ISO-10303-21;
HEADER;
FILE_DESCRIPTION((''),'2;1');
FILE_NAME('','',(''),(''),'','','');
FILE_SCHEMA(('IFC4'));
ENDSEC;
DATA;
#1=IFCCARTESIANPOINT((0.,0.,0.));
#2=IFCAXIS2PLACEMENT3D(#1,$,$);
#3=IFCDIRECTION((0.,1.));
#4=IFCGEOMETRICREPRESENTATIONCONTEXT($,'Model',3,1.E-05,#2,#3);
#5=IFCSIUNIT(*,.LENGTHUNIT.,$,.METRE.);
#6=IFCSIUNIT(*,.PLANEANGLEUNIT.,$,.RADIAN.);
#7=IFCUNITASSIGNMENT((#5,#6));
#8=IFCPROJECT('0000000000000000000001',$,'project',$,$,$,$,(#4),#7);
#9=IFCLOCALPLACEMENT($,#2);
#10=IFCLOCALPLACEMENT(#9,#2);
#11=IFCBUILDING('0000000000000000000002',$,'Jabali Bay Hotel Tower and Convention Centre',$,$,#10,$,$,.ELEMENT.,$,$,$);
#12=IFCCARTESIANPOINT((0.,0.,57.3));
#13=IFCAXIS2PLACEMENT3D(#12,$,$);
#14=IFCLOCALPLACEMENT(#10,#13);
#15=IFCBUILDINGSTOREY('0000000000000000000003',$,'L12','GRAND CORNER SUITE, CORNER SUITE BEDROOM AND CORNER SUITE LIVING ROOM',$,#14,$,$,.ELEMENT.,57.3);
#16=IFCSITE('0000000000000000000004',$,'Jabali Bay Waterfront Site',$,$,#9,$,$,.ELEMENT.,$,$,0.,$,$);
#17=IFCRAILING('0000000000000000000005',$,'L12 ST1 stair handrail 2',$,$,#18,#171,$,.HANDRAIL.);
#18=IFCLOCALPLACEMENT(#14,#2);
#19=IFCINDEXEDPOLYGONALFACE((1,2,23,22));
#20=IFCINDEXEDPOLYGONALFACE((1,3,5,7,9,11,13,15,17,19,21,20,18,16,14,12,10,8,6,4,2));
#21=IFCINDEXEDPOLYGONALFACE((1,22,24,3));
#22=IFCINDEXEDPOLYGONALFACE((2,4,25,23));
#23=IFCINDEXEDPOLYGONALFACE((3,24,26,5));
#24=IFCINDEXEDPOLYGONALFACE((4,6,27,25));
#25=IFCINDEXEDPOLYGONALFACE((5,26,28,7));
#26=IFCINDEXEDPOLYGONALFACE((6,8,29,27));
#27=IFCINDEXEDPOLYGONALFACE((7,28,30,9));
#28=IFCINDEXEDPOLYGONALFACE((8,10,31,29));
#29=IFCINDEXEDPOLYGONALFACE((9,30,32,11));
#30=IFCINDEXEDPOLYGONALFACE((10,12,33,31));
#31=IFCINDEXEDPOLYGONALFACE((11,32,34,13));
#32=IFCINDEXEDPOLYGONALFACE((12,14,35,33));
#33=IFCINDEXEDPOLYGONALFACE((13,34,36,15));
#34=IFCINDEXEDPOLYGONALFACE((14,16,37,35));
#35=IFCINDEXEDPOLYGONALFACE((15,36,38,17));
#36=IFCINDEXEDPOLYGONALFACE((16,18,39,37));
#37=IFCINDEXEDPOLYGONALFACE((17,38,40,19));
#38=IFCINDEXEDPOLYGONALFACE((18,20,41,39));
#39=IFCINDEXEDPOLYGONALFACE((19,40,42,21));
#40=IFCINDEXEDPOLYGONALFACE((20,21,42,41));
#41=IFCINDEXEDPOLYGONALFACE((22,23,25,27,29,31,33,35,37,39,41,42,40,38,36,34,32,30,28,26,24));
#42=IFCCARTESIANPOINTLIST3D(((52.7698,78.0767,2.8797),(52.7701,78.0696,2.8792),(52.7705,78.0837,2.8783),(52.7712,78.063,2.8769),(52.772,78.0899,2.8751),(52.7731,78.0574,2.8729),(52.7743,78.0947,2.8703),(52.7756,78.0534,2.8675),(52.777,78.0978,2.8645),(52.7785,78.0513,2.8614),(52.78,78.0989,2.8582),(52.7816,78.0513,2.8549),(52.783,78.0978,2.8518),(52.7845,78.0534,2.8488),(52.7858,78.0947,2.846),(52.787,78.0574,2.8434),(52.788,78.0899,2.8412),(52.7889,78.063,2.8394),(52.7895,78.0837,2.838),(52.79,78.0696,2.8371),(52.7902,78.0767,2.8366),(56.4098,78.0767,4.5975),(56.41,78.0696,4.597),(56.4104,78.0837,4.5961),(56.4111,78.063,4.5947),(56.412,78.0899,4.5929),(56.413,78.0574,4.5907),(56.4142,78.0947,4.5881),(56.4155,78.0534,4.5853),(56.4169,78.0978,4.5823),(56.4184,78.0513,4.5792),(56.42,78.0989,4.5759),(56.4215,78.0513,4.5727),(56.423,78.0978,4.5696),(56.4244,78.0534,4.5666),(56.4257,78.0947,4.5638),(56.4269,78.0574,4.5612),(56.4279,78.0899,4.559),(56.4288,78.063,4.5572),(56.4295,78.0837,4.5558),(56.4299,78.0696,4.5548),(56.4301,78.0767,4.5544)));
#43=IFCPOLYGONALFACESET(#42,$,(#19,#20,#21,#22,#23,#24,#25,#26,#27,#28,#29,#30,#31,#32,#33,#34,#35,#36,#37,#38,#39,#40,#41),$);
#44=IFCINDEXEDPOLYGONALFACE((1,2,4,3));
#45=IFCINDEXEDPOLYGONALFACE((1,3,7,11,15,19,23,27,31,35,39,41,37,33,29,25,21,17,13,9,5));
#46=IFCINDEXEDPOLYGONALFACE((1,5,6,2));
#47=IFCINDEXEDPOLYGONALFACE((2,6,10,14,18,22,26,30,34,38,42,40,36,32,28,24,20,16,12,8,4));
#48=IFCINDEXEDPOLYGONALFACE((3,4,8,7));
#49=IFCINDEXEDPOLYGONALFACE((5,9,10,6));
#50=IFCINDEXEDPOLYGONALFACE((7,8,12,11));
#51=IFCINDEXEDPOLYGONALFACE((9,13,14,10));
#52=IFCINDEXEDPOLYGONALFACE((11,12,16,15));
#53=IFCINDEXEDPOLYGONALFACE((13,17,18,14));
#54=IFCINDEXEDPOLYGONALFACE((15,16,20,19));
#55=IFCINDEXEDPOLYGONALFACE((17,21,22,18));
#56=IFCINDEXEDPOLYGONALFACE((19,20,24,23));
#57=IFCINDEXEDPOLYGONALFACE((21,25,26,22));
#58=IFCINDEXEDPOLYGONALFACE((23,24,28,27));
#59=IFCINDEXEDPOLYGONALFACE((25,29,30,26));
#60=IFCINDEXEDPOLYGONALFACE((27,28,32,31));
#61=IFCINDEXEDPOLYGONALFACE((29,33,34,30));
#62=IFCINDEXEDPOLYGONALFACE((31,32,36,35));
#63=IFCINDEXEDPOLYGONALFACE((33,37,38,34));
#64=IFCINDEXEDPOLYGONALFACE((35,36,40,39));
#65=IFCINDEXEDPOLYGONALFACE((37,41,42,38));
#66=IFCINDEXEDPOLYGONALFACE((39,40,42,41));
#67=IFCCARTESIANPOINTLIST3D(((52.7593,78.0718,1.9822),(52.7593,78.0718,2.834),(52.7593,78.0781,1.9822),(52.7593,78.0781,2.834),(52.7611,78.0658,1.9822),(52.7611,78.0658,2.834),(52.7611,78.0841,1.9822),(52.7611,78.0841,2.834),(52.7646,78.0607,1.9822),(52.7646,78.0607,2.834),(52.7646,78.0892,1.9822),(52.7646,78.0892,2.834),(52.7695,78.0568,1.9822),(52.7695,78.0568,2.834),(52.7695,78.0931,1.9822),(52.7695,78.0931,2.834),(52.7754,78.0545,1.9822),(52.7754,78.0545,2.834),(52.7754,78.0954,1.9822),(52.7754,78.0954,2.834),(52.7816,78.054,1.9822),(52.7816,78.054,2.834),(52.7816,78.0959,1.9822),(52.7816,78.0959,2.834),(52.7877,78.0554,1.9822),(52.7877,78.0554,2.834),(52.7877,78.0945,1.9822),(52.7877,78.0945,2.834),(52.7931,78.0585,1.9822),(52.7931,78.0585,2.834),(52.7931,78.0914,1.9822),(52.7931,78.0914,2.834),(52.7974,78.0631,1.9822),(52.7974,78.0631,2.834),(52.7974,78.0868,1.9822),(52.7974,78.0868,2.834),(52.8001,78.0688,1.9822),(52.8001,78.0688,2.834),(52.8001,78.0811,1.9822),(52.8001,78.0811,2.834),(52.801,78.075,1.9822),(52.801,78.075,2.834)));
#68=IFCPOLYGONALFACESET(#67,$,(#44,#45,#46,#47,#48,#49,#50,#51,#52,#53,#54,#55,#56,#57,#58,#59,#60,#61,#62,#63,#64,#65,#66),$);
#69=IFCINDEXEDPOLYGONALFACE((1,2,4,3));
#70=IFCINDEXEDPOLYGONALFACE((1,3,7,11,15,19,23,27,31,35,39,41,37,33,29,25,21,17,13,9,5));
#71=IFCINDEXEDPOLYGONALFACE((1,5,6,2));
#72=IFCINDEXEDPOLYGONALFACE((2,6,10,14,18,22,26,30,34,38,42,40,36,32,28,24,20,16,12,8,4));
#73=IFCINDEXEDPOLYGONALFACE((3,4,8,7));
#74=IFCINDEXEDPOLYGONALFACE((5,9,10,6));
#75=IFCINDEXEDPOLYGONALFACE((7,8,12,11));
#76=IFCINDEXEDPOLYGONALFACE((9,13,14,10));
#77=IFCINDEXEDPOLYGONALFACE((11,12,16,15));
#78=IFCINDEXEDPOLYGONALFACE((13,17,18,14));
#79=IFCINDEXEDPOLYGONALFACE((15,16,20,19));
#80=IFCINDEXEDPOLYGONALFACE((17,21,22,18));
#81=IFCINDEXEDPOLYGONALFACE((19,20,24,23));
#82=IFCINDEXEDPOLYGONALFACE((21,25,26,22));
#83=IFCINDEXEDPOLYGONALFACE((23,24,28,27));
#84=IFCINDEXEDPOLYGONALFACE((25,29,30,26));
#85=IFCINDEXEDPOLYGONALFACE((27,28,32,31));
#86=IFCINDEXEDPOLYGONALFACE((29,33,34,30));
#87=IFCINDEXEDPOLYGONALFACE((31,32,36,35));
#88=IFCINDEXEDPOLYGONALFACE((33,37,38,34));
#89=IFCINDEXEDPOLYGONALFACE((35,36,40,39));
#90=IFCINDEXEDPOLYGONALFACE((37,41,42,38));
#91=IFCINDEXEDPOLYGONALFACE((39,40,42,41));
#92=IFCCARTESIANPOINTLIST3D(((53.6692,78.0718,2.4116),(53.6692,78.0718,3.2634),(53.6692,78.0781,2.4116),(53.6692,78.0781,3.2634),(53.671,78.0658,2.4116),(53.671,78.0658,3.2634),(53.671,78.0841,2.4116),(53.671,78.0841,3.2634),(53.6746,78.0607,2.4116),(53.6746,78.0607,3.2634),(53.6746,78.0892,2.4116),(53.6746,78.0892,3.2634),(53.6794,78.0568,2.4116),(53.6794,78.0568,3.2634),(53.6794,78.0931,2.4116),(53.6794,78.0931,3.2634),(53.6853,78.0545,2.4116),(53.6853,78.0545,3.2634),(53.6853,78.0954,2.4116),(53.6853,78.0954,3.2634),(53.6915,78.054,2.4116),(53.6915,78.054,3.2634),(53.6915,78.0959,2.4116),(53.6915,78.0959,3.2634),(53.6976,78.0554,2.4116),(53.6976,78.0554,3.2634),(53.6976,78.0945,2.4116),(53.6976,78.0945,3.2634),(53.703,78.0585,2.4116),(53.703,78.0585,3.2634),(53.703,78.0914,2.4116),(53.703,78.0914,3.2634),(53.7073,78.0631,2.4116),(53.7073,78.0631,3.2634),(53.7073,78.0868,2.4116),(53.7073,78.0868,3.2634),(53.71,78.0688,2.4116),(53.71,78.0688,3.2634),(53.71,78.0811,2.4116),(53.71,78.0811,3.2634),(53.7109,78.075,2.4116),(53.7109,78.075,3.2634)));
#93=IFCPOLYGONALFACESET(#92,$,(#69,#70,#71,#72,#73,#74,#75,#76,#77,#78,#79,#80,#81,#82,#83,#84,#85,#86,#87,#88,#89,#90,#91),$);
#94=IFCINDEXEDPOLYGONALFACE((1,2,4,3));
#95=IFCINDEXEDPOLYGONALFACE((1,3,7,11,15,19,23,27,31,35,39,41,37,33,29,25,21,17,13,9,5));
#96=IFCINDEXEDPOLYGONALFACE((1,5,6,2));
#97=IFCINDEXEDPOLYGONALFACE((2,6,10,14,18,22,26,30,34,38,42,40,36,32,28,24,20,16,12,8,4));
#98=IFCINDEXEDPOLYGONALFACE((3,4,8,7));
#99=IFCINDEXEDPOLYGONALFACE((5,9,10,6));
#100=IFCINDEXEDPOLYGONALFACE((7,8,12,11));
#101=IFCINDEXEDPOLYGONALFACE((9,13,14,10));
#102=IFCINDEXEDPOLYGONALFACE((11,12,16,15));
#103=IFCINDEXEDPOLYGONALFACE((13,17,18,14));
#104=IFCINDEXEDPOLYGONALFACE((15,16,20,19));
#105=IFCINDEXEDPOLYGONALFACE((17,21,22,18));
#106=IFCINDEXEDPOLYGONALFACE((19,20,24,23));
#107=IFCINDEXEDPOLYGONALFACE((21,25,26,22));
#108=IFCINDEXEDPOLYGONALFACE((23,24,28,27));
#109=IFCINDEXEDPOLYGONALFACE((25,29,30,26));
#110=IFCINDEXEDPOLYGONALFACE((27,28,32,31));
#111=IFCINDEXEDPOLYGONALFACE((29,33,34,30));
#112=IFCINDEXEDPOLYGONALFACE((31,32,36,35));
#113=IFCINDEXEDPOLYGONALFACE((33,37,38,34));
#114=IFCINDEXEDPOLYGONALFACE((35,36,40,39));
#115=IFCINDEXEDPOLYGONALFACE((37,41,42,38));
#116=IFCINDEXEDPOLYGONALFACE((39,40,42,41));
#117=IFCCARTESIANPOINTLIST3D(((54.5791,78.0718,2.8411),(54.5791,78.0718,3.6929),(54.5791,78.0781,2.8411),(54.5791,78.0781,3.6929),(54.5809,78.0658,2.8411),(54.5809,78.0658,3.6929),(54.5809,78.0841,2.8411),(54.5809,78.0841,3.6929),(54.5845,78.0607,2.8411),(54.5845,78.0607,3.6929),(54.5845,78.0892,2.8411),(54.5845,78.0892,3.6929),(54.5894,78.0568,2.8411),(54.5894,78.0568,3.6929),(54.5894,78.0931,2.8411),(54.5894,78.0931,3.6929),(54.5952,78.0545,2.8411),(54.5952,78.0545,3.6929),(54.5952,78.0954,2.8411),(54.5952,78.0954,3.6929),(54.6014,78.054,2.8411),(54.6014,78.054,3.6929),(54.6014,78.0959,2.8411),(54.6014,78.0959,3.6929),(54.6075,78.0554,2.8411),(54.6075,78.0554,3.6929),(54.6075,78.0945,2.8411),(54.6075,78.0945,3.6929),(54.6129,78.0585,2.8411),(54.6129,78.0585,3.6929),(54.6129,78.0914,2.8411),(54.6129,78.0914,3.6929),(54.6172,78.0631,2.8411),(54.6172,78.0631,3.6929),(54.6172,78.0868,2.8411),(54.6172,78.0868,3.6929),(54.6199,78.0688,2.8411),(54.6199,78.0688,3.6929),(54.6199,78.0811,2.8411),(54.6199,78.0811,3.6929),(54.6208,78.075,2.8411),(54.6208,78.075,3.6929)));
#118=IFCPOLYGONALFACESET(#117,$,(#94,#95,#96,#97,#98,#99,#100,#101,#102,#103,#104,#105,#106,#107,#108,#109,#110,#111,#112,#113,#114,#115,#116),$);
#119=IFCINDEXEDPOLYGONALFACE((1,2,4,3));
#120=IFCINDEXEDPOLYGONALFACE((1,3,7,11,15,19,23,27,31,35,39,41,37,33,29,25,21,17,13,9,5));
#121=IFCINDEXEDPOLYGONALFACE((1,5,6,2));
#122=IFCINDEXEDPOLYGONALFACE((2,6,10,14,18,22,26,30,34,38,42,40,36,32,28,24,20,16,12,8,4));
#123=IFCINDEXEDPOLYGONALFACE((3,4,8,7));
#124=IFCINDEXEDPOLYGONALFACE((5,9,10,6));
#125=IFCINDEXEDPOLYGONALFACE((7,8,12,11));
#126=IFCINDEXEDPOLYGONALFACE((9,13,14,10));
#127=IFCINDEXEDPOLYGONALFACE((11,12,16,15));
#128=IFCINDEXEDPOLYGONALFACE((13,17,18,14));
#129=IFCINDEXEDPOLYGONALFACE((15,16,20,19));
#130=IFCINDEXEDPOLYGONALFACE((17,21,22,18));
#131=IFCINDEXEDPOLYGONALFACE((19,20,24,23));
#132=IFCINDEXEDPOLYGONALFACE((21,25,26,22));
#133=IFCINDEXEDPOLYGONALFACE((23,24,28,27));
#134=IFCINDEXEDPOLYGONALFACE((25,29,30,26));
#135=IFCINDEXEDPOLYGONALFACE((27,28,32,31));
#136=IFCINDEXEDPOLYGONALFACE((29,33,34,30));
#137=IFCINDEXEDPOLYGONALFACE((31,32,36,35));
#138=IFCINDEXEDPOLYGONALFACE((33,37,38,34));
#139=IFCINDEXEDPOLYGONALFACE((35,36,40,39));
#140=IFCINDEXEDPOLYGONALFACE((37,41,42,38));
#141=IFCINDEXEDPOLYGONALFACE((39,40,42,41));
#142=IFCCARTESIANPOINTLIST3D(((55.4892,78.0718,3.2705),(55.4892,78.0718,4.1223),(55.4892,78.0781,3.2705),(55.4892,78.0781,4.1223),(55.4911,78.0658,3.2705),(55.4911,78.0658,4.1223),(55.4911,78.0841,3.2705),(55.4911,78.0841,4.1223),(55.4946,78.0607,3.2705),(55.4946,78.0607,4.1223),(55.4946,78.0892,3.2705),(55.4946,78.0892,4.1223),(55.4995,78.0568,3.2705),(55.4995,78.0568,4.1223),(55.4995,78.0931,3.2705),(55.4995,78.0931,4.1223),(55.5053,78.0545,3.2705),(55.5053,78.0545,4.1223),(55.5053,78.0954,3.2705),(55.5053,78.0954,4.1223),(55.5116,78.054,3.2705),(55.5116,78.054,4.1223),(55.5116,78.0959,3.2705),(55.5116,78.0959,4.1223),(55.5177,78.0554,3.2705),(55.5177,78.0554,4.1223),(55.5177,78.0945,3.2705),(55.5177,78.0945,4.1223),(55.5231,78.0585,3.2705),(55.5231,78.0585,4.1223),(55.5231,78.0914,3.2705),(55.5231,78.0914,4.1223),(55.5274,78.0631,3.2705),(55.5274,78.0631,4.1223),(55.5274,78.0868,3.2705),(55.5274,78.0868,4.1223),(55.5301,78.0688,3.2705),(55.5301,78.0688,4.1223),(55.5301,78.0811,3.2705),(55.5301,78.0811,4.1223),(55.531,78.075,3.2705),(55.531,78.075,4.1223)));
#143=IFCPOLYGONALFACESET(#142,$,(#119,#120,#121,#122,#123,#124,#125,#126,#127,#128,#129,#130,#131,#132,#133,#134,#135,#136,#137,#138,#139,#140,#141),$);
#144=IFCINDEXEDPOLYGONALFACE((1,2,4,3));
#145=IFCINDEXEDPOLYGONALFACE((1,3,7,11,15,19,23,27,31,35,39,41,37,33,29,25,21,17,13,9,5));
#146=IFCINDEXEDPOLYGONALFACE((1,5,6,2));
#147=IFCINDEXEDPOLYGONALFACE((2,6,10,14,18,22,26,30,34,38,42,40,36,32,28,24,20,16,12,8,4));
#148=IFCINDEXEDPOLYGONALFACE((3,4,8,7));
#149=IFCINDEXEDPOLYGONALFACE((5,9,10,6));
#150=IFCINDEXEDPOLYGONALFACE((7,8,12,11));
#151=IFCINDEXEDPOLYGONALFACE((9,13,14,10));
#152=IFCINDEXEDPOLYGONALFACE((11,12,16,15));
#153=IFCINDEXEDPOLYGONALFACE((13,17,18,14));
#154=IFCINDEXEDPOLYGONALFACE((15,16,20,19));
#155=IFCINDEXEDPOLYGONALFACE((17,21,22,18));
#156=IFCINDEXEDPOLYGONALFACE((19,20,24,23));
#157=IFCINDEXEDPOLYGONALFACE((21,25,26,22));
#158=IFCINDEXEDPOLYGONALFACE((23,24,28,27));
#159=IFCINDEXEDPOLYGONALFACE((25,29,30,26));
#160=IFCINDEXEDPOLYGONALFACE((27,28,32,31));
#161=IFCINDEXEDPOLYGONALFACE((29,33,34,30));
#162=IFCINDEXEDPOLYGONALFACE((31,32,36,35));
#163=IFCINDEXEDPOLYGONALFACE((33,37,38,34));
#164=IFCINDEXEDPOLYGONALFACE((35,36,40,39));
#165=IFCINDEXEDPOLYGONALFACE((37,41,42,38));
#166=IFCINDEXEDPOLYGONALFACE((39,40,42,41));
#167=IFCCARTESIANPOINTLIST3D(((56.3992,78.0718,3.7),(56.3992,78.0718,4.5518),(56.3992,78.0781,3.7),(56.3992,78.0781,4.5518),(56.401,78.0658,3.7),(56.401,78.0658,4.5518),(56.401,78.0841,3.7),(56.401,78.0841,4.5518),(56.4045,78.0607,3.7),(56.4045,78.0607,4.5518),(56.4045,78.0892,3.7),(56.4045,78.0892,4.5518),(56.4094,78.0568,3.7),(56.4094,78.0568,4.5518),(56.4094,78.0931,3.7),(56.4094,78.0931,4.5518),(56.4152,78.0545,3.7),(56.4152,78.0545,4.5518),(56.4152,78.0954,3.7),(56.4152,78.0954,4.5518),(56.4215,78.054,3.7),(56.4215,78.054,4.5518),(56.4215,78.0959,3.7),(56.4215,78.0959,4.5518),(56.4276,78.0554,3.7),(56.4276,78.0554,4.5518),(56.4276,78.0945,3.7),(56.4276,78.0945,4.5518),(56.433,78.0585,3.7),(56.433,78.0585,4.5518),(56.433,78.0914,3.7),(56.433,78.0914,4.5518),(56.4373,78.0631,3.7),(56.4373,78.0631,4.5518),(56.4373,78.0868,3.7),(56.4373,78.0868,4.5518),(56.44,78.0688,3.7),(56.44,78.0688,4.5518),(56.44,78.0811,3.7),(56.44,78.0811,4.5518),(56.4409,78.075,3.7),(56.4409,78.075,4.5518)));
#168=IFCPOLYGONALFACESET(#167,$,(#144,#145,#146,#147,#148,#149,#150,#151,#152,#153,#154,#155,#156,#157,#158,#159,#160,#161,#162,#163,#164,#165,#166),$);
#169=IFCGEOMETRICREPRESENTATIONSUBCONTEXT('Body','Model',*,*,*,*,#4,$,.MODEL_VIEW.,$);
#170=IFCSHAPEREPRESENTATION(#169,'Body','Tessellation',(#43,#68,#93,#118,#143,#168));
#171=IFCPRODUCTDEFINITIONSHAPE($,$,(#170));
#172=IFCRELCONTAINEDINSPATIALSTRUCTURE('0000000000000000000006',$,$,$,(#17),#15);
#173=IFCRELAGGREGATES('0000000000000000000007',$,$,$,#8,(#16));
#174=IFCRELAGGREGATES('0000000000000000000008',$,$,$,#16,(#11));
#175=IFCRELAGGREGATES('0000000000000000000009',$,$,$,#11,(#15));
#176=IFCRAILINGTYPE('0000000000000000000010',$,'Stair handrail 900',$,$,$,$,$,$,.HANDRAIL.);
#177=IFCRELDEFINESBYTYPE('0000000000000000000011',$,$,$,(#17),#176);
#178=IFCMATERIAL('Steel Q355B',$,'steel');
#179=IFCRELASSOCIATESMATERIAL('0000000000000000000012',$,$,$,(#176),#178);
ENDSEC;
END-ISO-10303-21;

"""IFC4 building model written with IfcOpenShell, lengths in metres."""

from ifc_helpers import new_model, si_unit, direction, frame, origin, origin_2d, place, context, subcontext, project, spatial, circle, extrude, material, type_object, element, save


model = new_model("IFC4")

# Units and contexts
model_context = context("Model", 3, precision=1e-05, world=origin(), true_north=direction((0.0, 1.0)))
body_context = subcontext(model_context, "Body", "Model", "MODEL_VIEW")
ifc_project = project(units=[si_unit("LENGTHUNIT", "METRE"), si_unit("PLANEANGLEUNIT", "RADIAN")], contexts=[model_context])

# Site, building, storey
site_placement = place(None, origin())
site = spatial("IfcSite", under=ifc_project, at=site_placement, Name="Jabali Bay Waterfront Site", CompositionType="ELEMENT", RefElevation=0.0)
building_placement = place(site_placement, origin())
building = spatial("IfcBuilding", under=site, at=building_placement, Name="Jabali Bay Hotel Tower and Convention Centre", CompositionType="ELEMENT")
storey_placement = place(building_placement, frame((0.0, 0.0, 57.3)))
storey = spatial("IfcBuildingStorey", under=building, at=storey_placement, Name="L12", Description="GRAND CORNER SUITE, CORNER SUITE BEDROOM AND CORNER SUITE LIVING ROOM", CompositionType="ELEMENT", Elevation=57.3)

# Railing
ifc_material_1 = material(Name="Steel Q355B", Category="steel")
railing_type = type_object("IfcRailingType", Name="Stair handrail 900", PredefinedType="HANDRAIL", material=ifc_material_1)
railing_placement = place(storey_placement, frame((52.78, 78.075, 1.9822)))
element("IfcRailing", 1, at=railing_placement, inside=storey, type_object=railing_type, Name="L12 ST1 stair handrail 2", PredefinedType="HANDRAIL", context=body_context, shape_type="SweptSolid", body=[
    extrude(circle(Radius=0.0239, at=origin_2d()), frame((0.0, 0.0, 0.876), z_axis=(0.904351, 0.0, 0.42679), x_axis=(0.0, 1.0, 0.0)), (0.0, 0.0, 1.0), 4.0249),
    extrude(circle(Radius=0.021, at=origin_2d()), origin(), (0.0, 0.0, 1.0), 0.8518),
    extrude(circle(Radius=0.021, at=origin_2d()), frame((0.9099, 0.0, 0.4294)), (0.0, 0.0, 1.0), 0.8518),
    extrude(circle(Radius=0.021, at=origin_2d()), frame((1.8198, 0.0, 0.8589)), (0.0, 0.0, 1.0), 0.8518),
    extrude(circle(Radius=0.021, at=origin_2d()), frame((2.73, 0.0, 1.2883)), (0.0, 0.0, 1.0), 0.8518),
    extrude(circle(Radius=0.021, at=origin_2d()), frame((3.6399, 0.0, 1.7178)), (0.0, 0.0, 1.0), 0.8518),
])

save(model, "model.ifc")
